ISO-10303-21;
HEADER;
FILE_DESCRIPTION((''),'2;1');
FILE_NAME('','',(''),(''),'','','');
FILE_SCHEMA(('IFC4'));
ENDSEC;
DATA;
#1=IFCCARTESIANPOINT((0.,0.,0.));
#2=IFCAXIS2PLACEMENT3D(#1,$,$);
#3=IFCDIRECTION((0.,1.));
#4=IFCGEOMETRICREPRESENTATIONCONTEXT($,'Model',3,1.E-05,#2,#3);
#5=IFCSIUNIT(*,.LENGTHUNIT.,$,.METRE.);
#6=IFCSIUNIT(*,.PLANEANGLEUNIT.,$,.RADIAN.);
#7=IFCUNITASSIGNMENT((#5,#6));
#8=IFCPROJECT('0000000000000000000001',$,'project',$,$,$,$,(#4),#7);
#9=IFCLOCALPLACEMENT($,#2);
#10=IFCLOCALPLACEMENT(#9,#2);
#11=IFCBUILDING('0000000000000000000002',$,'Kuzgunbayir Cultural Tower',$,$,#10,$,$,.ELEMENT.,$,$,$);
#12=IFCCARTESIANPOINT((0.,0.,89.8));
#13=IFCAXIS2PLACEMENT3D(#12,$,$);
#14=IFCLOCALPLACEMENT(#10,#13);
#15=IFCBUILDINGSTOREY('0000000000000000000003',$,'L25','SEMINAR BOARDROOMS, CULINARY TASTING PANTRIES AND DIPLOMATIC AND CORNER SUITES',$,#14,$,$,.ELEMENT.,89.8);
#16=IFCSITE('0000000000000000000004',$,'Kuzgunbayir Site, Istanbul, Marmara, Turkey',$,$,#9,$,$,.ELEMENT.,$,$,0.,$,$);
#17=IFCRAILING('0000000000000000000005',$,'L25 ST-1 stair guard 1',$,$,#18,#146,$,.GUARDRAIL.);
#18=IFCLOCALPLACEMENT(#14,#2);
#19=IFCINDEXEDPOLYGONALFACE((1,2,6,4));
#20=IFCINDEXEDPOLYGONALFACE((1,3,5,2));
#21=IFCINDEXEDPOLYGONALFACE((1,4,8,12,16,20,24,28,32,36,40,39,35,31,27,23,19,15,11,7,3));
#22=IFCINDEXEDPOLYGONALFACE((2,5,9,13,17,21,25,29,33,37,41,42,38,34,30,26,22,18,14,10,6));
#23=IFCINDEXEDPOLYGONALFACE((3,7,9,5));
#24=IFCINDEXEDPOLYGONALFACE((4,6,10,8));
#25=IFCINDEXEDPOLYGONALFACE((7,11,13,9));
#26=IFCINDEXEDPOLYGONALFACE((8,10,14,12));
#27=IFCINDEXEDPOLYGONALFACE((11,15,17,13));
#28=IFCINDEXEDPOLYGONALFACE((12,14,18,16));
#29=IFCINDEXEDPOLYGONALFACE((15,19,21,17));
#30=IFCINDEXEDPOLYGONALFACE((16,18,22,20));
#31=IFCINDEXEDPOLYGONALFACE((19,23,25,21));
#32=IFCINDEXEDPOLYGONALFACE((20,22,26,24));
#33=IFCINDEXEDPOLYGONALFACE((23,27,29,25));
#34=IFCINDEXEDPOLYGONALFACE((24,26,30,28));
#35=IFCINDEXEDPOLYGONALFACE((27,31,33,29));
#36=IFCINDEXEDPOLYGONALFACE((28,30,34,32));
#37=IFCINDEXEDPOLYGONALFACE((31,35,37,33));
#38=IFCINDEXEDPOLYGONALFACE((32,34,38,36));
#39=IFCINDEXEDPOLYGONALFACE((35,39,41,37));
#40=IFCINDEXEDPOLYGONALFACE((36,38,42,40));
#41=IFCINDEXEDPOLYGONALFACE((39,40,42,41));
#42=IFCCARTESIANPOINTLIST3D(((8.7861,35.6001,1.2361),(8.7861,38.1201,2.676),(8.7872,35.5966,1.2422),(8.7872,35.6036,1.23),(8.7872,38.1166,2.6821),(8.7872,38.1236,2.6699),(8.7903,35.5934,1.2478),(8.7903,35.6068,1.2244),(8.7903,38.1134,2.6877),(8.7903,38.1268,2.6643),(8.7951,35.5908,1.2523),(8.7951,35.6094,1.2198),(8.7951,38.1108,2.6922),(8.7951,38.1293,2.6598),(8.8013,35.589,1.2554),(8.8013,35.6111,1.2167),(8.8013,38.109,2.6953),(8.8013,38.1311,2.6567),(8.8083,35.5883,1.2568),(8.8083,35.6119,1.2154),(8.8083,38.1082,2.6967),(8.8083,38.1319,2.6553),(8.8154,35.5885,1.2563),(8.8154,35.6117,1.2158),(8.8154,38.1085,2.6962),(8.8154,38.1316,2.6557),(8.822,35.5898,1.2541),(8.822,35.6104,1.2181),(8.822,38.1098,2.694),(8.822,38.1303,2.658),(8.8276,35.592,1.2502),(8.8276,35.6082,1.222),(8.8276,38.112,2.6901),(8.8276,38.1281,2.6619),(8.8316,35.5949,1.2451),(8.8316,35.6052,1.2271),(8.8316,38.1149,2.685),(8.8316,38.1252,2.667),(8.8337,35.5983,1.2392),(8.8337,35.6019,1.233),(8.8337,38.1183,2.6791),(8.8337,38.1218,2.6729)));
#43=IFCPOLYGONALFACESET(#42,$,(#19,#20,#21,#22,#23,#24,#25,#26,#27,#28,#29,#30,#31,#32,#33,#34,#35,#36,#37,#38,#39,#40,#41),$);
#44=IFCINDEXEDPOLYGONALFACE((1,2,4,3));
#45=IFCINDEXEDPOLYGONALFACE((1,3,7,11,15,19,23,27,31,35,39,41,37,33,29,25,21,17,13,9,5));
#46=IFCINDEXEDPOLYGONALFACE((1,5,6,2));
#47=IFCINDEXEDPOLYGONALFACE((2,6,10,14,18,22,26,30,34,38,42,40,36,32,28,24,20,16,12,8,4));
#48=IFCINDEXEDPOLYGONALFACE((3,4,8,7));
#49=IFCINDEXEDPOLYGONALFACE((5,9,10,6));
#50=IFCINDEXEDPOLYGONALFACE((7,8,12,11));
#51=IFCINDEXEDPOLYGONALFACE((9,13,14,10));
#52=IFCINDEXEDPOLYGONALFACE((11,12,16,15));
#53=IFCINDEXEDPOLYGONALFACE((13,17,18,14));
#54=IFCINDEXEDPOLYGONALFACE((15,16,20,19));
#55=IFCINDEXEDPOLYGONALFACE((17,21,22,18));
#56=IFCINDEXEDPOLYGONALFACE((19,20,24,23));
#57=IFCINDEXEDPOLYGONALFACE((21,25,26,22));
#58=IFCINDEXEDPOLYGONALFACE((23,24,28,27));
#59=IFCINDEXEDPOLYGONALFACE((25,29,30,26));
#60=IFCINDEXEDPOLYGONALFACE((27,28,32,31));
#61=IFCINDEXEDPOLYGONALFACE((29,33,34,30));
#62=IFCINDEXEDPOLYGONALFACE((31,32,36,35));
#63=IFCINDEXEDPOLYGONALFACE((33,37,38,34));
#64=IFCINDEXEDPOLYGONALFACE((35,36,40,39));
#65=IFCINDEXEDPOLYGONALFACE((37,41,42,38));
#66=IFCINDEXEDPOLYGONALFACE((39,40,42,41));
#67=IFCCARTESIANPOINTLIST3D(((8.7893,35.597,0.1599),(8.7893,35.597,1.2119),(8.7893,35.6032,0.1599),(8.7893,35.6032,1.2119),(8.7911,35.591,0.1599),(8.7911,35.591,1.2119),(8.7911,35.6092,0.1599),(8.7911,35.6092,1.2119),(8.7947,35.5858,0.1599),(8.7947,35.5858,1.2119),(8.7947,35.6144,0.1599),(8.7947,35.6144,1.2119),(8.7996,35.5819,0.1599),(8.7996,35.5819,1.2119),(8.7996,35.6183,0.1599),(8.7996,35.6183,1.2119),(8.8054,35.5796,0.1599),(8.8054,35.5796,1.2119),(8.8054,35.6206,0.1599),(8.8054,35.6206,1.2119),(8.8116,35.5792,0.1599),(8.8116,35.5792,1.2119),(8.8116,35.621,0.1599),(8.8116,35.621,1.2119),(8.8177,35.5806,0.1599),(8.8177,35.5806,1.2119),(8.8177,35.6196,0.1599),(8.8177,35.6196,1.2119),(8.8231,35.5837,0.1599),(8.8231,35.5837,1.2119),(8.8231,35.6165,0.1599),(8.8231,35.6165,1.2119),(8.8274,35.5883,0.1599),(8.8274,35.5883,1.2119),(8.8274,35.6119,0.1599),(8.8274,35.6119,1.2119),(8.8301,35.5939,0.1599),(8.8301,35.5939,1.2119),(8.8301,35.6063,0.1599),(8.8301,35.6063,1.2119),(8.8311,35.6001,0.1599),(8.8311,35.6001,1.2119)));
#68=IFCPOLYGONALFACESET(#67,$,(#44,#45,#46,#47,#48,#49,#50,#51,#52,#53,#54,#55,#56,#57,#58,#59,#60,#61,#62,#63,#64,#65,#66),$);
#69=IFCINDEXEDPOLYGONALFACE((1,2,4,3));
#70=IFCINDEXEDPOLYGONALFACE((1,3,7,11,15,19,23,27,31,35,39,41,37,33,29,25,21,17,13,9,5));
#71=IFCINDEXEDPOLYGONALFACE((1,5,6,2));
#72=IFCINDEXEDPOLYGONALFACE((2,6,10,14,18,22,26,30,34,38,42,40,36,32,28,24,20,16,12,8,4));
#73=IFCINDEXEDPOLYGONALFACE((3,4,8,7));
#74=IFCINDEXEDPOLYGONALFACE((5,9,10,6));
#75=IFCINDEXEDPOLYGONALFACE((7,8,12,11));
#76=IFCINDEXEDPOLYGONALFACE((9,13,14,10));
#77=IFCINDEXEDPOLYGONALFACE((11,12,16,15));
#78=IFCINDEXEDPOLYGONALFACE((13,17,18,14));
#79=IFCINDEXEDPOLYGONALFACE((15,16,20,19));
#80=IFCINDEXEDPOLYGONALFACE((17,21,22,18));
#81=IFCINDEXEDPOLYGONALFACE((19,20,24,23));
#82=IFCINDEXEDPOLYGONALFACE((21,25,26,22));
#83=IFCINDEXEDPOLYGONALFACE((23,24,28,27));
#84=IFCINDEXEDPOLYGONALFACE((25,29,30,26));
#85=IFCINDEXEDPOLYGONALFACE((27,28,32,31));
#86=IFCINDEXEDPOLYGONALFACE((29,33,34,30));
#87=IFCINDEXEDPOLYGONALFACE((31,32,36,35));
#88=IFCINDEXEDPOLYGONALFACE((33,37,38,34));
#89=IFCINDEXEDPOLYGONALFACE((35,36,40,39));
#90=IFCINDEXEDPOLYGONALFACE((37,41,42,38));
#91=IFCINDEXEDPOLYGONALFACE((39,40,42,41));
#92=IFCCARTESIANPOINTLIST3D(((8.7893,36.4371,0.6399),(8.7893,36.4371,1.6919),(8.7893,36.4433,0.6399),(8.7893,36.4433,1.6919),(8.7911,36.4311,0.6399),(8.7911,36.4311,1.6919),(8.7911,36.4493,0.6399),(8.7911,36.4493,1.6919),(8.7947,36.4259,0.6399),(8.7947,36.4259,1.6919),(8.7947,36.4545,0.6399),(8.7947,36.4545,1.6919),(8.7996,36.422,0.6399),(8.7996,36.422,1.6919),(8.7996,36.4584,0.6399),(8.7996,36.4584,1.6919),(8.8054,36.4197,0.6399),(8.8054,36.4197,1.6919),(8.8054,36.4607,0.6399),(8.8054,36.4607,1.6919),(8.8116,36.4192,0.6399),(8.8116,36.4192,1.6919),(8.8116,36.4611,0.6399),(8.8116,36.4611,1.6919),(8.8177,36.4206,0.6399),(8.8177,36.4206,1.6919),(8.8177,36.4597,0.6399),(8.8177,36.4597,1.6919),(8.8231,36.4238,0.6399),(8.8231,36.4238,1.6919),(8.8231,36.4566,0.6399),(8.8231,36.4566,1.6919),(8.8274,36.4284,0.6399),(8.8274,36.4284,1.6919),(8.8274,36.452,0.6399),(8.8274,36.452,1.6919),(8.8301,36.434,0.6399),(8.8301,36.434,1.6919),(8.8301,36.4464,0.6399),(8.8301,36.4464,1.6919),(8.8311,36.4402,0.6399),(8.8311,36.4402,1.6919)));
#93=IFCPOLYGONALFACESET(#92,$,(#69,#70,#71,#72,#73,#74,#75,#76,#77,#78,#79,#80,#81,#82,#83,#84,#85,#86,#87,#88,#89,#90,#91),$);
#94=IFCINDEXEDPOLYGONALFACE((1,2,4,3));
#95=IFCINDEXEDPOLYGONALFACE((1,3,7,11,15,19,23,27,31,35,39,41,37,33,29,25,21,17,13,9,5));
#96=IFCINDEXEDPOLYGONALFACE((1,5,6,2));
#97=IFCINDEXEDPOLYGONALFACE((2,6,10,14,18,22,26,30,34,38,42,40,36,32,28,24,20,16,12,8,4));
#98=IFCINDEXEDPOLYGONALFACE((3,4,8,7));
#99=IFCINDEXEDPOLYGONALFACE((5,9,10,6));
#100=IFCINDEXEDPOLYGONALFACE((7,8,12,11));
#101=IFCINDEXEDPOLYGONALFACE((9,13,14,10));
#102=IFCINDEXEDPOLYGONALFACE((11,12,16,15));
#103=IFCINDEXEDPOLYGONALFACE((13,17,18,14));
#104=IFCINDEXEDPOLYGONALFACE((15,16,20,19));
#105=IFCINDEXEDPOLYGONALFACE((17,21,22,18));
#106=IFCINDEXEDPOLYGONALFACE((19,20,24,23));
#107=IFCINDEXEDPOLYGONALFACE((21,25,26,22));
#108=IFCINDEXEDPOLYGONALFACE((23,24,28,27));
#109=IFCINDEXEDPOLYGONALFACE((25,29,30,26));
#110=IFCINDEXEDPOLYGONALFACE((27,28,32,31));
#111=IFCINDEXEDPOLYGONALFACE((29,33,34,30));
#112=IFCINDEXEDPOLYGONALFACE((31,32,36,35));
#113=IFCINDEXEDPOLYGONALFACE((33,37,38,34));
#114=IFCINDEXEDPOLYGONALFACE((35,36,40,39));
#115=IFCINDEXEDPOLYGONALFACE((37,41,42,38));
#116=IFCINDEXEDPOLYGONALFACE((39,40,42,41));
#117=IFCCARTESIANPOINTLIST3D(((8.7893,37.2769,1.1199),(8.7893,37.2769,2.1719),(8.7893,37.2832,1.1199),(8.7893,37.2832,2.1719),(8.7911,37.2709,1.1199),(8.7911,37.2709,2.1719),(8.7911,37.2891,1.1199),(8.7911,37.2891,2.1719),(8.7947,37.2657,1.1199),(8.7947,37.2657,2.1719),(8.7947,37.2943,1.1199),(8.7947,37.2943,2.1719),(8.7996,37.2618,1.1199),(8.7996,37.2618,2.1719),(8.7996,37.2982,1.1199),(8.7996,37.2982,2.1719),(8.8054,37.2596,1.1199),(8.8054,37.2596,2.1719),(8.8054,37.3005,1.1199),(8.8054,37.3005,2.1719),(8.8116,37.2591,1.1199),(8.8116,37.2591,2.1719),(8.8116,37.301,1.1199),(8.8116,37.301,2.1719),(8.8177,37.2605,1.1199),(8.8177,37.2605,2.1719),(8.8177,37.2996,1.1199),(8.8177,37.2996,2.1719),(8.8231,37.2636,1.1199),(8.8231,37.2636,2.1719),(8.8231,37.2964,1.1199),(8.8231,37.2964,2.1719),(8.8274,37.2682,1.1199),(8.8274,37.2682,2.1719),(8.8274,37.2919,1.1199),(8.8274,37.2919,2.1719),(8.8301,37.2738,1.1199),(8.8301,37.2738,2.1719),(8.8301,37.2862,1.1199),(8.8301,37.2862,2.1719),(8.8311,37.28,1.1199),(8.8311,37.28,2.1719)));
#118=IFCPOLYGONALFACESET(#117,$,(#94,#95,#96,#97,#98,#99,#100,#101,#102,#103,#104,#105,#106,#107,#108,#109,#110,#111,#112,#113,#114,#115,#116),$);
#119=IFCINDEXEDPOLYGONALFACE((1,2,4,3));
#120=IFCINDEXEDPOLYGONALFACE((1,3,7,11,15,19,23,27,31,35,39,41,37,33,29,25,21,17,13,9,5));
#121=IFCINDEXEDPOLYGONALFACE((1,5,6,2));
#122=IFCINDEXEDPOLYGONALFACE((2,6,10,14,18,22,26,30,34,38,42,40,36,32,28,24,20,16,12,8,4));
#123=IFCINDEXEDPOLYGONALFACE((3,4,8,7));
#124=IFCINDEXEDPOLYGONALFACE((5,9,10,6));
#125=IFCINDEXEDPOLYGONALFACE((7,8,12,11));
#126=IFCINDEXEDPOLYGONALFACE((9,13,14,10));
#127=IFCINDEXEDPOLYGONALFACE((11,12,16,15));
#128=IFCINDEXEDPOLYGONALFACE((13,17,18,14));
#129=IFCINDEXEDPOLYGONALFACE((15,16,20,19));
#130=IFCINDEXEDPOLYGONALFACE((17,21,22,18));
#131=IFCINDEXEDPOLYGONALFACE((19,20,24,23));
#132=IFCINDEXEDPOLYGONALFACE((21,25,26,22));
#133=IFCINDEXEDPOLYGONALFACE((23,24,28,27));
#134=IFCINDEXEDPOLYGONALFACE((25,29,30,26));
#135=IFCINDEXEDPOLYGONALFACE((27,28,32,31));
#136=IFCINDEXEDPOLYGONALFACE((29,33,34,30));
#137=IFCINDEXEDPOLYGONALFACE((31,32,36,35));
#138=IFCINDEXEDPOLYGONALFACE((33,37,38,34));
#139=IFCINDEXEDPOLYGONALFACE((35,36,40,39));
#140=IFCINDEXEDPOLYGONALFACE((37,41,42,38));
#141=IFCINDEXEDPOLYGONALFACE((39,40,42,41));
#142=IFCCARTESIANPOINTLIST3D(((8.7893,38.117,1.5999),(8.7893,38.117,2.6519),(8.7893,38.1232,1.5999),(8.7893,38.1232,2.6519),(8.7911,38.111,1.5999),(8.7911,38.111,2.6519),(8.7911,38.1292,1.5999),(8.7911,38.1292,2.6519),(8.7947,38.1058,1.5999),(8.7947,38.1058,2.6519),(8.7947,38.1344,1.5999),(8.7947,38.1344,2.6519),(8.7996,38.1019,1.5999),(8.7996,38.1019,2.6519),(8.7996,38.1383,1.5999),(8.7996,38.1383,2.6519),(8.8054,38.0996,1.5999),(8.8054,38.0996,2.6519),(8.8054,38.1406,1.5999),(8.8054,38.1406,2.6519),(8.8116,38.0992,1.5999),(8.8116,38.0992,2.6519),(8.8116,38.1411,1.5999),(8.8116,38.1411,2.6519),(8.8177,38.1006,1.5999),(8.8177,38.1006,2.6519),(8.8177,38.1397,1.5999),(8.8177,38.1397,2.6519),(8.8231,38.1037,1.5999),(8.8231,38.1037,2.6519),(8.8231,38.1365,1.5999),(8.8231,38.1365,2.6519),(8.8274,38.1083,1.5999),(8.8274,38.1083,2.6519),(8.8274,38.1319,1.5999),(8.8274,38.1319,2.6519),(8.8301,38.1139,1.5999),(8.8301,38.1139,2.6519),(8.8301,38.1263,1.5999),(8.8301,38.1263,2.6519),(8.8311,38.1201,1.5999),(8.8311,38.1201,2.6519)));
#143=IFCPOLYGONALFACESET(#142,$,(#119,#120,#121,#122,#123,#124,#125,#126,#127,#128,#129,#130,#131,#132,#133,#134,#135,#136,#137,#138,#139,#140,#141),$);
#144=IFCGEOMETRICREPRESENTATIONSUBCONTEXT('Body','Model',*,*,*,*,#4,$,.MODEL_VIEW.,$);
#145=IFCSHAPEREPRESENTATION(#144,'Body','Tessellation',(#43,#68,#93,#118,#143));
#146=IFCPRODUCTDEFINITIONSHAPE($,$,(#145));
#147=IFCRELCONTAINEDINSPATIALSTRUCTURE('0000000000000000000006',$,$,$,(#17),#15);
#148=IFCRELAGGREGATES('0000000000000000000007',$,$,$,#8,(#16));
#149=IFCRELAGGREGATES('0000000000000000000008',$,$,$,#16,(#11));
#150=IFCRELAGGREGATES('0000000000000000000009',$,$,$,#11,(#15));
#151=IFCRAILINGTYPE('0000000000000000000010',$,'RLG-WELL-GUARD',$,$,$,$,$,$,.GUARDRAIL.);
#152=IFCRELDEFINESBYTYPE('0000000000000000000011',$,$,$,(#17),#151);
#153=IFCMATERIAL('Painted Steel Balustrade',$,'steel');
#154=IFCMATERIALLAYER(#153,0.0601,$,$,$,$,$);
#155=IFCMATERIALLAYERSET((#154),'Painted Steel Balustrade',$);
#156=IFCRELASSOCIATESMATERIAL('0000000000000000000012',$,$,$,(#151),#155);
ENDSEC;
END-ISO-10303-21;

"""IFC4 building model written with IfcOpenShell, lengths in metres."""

from ifc_helpers import new_model, si_unit, direction, frame, origin, origin_2d, place, context, subcontext, project, spatial, circle, extrude, material, layer, layer_set, type_object, element, save


model = new_model("IFC4")

# Units and contexts
model_context = context("Model", 3, precision=1e-05, world=origin(), true_north=direction((0.0, 1.0)))
body_context = subcontext(model_context, "Body", "Model", "MODEL_VIEW")
ifc_project = project(units=[si_unit("LENGTHUNIT", "METRE"), si_unit("PLANEANGLEUNIT", "RADIAN")], contexts=[model_context])

# Site, building, storey
site_placement = place(None, origin())
site = spatial("IfcSite", under=ifc_project, at=site_placement, Name="Kuzgunbayir Site, Istanbul, Marmara, Turkey", CompositionType="ELEMENT", RefElevation=0.0)
building_placement = place(site_placement, origin())
building = spatial("IfcBuilding", under=site, at=building_placement, Name="Kuzgunbayir Cultural Tower", CompositionType="ELEMENT")
storey_placement = place(building_placement, frame((0.0, 0.0, 89.8)))
storey = spatial("IfcBuildingStorey", under=building, at=storey_placement, Name="L25", Description="SEMINAR BOARDROOMS, CULINARY TASTING PANTRIES AND DIPLOMATIC AND CORNER SUITES", CompositionType="ELEMENT", Elevation=89.8)

# Railing
ifc_material_1 = material(Name="Painted Steel Balustrade", Category="steel")
ifc_layer_1 = layer(ifc_material_1, 0.0601)
ifc_layer_set_1 = layer_set([ifc_layer_1], Name="Painted Steel Balustrade")
railing_type_1 = type_object("IfcRailingType", Name="RLG-WELL-GUARD", PredefinedType="GUARDRAIL", material=ifc_layer_set_1)
railing_1_placement = place(storey_placement, frame((8.8101, 35.6001, 0.1599)))
element("IfcRailing", 1, at=railing_1_placement, inside=storey, type_object=railing_type_1, Name="L25 ST-1 stair guard 1", PredefinedType="GUARDRAIL", context=body_context, shape_type="SweptSolid", body=[
    extrude(circle(Radius=0.0239, at=origin_2d()), frame((0.0, 0.0, 1.0762), z_axis=(0.0, 0.868253, 0.496121), x_axis=(-1.0, 0.0, 0.0)), (0.0, 0.0, 1.0), 2.9023),
    extrude(circle(Radius=0.021, at=origin_2d()), origin(), (0.0, 0.0, 1.0), 1.052),
    extrude(circle(Radius=0.021, at=origin_2d()), frame((0.0, 0.8401, 0.48)), (0.0, 0.0, 1.0), 1.052),
    extrude(circle(Radius=0.021, at=origin_2d()), frame((0.0, 1.6799, 0.96)), (0.0, 0.0, 1.0), 1.052),
    extrude(circle(Radius=0.021, at=origin_2d()), frame((0.0, 2.52, 1.4399)), (0.0, 0.0, 1.0), 1.052),
])

save(model, "model.ifc")
